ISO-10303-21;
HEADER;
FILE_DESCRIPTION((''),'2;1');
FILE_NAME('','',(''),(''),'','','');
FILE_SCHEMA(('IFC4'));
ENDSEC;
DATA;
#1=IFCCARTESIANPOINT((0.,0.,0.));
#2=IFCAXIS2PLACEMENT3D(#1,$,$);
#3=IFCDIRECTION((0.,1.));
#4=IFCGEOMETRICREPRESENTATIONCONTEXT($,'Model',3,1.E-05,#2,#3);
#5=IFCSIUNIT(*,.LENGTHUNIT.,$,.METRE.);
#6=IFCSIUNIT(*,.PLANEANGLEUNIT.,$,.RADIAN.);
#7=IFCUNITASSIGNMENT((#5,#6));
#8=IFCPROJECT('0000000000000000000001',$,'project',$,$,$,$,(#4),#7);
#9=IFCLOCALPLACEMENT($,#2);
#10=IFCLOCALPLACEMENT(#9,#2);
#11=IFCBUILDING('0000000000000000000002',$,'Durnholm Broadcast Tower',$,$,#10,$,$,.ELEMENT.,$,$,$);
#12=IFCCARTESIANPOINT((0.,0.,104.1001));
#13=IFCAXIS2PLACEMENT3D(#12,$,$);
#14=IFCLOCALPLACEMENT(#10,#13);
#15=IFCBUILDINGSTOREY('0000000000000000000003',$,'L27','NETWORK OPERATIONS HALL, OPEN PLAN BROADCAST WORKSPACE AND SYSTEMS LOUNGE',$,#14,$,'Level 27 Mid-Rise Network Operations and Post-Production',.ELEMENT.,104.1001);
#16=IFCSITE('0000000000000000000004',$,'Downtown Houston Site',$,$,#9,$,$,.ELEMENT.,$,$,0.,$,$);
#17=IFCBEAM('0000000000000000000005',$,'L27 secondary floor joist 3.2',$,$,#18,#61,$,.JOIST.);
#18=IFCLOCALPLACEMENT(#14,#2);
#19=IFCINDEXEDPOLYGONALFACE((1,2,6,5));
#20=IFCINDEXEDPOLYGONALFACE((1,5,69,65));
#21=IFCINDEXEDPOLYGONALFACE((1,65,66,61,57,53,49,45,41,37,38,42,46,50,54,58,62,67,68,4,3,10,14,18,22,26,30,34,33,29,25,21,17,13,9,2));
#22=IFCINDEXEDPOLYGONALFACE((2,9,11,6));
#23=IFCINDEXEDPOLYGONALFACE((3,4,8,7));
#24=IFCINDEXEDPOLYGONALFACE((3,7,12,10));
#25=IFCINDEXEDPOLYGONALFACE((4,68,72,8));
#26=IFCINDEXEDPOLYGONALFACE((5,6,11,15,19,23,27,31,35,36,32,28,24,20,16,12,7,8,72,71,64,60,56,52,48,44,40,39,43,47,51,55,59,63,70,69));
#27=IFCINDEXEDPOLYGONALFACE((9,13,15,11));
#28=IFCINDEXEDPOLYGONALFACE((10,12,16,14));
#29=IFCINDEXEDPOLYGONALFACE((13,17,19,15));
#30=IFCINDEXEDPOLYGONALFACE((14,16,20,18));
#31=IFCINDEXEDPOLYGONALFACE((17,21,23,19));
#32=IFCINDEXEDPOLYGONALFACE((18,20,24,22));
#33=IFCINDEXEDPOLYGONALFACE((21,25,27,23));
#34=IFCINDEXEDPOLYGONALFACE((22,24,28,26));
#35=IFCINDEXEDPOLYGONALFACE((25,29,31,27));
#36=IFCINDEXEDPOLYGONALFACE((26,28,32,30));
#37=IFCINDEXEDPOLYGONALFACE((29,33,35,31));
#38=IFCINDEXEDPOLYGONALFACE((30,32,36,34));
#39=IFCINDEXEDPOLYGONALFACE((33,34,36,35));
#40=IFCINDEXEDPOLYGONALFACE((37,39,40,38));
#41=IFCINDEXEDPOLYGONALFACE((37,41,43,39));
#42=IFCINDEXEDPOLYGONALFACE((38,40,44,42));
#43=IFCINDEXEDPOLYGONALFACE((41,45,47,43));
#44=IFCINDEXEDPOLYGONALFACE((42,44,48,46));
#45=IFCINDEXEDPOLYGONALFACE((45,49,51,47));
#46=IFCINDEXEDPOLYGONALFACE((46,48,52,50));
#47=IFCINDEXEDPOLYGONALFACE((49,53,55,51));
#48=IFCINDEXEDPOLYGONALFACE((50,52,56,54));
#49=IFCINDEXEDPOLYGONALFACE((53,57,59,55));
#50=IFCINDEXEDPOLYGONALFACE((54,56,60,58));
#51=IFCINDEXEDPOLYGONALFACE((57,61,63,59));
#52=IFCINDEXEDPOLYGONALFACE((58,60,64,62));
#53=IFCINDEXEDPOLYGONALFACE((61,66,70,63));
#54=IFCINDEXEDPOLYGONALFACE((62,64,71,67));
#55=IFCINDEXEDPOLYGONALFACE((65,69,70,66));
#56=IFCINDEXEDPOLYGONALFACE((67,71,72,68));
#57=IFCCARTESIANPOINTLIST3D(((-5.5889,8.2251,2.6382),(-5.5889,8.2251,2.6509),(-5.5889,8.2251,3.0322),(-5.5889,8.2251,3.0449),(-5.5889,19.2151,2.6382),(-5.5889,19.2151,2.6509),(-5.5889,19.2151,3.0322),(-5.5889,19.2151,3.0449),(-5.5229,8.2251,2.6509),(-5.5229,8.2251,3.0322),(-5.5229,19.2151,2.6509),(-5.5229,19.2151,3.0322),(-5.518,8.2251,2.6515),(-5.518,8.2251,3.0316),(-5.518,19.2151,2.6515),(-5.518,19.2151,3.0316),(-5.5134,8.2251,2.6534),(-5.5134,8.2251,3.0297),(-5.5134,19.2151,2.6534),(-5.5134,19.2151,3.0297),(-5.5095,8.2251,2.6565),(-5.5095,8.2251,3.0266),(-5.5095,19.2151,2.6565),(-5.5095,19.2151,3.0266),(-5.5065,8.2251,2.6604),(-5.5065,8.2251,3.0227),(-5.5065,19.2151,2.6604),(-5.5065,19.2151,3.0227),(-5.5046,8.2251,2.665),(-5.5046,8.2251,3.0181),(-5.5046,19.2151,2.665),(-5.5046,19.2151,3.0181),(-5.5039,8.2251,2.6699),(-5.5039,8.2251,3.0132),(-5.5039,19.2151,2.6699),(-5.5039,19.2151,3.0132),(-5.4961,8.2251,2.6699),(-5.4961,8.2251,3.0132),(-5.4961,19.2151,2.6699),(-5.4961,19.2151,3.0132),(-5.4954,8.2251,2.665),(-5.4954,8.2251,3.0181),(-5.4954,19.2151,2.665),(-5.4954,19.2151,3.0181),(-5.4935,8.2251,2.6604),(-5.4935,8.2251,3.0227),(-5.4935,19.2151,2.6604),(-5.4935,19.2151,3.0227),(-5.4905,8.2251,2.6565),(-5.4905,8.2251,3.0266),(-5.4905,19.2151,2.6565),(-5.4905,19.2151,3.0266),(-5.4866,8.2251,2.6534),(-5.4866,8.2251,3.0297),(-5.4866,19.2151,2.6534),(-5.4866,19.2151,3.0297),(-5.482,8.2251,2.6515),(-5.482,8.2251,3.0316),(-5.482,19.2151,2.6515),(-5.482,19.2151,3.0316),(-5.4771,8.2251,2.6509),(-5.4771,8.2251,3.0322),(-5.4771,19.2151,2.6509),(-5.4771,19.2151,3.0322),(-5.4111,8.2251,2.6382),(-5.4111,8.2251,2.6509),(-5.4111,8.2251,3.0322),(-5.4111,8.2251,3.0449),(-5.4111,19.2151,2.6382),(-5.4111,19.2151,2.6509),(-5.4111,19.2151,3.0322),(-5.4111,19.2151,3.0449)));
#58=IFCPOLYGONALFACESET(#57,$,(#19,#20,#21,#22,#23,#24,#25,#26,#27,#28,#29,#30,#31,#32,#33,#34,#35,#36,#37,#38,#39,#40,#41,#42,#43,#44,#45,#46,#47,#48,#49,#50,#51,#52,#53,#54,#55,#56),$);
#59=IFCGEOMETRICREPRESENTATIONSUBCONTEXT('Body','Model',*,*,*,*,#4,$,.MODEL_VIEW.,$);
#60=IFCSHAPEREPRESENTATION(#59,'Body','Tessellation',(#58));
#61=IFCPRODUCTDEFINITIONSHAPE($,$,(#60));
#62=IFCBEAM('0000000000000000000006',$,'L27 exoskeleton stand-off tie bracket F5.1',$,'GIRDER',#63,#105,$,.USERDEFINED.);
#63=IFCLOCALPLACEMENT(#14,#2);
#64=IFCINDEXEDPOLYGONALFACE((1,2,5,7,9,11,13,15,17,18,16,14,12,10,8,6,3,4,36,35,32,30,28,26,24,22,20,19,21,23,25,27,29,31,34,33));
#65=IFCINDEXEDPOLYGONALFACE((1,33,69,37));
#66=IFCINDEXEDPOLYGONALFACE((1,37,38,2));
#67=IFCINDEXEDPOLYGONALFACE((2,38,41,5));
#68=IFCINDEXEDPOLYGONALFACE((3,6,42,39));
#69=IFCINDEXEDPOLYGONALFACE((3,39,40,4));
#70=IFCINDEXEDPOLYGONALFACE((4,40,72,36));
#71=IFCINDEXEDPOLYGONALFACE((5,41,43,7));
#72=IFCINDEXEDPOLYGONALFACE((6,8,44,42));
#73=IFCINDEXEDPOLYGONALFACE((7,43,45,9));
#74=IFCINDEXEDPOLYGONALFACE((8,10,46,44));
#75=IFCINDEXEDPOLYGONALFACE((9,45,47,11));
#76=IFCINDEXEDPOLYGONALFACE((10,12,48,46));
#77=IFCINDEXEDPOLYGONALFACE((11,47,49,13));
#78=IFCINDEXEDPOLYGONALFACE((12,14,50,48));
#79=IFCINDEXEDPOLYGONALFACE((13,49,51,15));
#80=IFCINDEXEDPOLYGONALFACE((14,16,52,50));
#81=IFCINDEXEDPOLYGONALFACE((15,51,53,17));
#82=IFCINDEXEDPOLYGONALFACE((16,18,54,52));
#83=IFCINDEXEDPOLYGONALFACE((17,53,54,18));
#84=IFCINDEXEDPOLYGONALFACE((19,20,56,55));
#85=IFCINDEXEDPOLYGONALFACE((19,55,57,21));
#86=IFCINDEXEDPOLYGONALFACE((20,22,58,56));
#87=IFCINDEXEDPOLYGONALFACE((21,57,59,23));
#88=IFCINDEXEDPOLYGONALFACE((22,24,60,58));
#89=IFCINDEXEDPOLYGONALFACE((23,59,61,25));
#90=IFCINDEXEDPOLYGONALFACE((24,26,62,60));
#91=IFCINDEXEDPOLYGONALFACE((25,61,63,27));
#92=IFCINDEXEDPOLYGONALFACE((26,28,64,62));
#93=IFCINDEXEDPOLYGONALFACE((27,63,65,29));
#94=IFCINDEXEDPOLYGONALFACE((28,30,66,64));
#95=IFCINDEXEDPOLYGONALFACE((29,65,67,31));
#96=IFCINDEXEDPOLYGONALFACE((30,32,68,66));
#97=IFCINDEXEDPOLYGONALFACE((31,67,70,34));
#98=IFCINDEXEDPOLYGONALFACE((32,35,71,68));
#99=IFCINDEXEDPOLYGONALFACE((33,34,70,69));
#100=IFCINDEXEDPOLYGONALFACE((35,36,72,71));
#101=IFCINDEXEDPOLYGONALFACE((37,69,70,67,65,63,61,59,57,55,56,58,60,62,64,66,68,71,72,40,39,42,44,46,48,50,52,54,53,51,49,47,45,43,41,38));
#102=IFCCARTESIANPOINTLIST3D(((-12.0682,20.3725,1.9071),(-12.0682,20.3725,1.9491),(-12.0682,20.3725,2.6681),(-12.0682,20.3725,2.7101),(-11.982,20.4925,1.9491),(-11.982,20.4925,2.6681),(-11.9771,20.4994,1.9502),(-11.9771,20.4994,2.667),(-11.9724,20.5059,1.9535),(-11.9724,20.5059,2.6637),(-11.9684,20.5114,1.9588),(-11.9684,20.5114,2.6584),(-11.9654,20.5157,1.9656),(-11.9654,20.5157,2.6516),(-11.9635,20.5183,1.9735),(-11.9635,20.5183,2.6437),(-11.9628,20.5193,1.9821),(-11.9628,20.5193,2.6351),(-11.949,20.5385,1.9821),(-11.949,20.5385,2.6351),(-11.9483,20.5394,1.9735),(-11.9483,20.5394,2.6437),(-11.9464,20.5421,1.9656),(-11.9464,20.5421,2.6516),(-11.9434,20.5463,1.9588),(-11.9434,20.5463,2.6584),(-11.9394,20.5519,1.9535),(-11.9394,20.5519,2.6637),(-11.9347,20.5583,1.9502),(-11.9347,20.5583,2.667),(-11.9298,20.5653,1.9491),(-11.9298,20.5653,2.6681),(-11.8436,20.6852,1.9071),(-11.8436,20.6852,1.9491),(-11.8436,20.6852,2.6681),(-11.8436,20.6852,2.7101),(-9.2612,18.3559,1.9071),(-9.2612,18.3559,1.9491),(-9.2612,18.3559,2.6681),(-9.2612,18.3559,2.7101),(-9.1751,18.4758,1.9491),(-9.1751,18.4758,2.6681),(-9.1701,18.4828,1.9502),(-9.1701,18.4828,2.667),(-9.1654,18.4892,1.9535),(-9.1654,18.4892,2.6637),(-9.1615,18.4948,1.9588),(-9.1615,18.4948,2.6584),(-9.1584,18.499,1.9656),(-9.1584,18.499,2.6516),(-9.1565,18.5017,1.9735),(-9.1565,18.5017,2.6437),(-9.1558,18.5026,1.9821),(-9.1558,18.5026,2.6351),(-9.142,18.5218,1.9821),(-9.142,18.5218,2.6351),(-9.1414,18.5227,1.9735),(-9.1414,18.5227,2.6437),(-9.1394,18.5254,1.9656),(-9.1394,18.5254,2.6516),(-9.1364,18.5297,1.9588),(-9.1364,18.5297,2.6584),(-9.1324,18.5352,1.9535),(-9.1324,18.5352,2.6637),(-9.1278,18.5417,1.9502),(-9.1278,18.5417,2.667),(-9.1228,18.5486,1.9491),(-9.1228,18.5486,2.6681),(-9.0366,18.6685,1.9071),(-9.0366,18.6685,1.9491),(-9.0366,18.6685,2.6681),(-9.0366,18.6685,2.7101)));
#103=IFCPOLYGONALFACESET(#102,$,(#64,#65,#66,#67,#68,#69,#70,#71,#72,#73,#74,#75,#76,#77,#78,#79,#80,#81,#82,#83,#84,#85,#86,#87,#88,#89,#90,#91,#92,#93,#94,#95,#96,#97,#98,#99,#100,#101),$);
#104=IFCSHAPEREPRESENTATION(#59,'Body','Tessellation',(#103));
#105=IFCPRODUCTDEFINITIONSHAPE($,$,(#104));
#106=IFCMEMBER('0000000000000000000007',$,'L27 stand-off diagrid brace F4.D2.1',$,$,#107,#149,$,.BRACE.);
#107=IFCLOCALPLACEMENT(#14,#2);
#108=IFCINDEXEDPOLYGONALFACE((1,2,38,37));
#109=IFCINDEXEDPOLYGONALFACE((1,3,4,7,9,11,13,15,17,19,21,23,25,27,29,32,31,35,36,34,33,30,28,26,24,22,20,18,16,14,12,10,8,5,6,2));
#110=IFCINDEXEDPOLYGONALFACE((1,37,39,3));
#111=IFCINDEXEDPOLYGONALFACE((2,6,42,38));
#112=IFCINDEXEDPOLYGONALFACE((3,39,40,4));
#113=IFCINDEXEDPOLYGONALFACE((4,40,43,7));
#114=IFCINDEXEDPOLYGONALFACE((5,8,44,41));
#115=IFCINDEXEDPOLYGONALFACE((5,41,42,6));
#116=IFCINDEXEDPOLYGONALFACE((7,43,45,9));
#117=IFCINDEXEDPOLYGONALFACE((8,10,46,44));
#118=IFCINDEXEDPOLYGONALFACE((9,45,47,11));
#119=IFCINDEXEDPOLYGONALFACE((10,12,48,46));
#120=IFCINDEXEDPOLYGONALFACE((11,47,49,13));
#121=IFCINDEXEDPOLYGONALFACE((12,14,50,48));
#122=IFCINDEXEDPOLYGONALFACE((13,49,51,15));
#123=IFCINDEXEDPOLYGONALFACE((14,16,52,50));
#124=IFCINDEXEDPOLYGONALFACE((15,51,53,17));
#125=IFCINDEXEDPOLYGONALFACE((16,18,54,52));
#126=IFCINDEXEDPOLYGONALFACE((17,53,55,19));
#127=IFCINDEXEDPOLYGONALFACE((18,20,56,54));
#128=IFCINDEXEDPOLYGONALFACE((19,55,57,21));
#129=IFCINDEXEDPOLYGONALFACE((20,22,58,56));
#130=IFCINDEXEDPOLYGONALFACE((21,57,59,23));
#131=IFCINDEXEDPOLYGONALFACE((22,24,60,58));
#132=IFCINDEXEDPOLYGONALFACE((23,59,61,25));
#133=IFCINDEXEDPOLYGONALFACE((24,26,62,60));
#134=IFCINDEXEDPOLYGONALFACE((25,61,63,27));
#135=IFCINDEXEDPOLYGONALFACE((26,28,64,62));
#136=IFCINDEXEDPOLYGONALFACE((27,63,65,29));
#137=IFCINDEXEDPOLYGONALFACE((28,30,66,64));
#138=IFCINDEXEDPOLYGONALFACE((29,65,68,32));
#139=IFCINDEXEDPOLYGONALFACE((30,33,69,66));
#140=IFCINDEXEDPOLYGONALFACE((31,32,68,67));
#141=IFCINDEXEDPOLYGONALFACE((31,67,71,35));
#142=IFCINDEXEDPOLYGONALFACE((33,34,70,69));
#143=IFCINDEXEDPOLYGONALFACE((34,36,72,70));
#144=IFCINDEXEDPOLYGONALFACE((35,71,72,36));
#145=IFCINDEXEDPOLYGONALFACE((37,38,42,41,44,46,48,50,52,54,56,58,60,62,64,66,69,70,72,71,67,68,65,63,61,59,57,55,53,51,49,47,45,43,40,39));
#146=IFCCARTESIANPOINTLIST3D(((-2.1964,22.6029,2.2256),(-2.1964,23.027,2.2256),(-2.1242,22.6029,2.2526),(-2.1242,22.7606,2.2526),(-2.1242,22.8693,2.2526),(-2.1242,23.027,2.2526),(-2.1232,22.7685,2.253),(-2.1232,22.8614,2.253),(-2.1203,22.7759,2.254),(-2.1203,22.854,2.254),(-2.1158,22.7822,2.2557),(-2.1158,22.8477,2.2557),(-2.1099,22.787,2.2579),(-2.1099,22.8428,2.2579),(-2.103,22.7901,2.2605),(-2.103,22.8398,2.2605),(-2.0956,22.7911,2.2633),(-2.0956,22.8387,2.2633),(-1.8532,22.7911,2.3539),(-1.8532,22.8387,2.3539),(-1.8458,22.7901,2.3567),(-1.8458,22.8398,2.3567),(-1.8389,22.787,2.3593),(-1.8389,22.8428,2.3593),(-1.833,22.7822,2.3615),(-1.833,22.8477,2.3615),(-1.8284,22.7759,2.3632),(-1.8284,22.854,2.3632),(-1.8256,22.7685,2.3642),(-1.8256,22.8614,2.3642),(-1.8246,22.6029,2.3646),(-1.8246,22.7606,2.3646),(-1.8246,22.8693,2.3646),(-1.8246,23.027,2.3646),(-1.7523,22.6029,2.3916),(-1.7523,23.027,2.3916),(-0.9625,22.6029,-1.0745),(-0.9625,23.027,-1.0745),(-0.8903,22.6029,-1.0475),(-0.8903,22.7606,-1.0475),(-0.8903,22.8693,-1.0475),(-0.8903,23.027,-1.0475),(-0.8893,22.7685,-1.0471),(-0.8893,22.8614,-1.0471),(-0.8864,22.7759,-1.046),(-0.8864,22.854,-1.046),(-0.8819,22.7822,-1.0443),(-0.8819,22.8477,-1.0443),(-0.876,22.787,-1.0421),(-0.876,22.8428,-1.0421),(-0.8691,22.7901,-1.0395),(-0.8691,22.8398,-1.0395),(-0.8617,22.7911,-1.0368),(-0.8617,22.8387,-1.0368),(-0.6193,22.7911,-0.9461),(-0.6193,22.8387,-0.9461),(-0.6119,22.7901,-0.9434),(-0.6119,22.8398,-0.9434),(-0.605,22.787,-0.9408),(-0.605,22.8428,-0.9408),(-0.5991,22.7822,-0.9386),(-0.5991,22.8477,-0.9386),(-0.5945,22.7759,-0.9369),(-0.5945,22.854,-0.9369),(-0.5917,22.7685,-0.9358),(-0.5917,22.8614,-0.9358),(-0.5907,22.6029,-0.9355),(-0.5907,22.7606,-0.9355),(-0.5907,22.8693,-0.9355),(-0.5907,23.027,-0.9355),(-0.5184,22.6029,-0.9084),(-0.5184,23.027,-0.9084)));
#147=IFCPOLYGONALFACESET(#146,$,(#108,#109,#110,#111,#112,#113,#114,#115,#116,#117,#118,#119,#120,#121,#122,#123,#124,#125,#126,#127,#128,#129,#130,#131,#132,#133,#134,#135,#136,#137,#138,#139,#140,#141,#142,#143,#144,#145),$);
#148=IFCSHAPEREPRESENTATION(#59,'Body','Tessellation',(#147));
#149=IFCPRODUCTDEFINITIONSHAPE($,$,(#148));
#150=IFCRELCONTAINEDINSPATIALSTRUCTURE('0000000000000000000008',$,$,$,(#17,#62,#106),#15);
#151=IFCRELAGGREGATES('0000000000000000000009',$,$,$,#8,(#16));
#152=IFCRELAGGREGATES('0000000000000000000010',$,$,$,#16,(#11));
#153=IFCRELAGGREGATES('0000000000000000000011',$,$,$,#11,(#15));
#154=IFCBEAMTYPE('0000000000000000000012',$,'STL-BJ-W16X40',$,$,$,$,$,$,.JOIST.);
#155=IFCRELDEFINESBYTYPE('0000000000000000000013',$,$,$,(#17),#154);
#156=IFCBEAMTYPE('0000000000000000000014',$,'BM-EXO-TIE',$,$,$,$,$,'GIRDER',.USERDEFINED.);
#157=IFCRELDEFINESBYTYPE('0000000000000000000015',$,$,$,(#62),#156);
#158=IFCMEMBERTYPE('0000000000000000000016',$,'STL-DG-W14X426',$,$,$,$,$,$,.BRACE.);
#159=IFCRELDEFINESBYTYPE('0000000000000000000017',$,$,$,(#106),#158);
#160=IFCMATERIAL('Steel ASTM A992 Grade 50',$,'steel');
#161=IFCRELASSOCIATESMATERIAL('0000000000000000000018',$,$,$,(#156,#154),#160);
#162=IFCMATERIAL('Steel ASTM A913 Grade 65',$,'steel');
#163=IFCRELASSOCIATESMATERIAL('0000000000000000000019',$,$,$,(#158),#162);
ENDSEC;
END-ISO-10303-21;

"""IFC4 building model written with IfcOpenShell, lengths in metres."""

from ifc_helpers import new_model, si_unit, direction, frame, origin, origin_2d, place, context, subcontext, project, spatial, i_section, extrude, source, transform, mapped, material, material_profile, profile_set, type_object, type_shapes, element, save


model = new_model("IFC4")

# Units and contexts
model_context = context("Model", 3, precision=1e-05, world=origin(), true_north=direction((0.0, 1.0)))
body_context = subcontext(model_context, "Body", "Model", "MODEL_VIEW")
ifc_project = project(units=[si_unit("LENGTHUNIT", "METRE"), si_unit("PLANEANGLEUNIT", "RADIAN")], contexts=[model_context])

# Site, building, storey
site_placement = place(None, origin())
site = spatial("IfcSite", under=ifc_project, at=site_placement, Name="Downtown Houston Site", CompositionType="ELEMENT", RefElevation=0.0)
building_placement = place(site_placement, origin())
building = spatial("IfcBuilding", under=site, at=building_placement, Name="Durnholm Broadcast Tower", CompositionType="ELEMENT")
storey_placement = place(building_placement, frame((0.0, 0.0, 104.1001)))
storey = spatial("IfcBuildingStorey", under=building, at=storey_placement, Name="L27", Description="NETWORK OPERATIONS HALL, OPEN PLAN BROADCAST WORKSPACE AND SYSTEMS LOUNGE", LongName="Level 27 Mid-Rise Network Operations and Post-Production", CompositionType="ELEMENT", Elevation=104.1001)

# Beams
ifc_material_1 = material(Name="Steel ASTM A992 Grade 50", Category="steel")
ifc_material_profile_1 = material_profile(ifc_material_1, i_section(OverallWidth=0.385, OverallDepth=0.803, WebThickness=0.0237, FlangeThickness=0.042, FilletRadius=0.033, at=origin_2d()), Name="W30X261")
ifc_profile_set_1 = profile_set([ifc_material_profile_1], Name="Steel ASTM A992 Grade 50")
beam_type_1 = type_object("IfcBeamType", Name="BM-EXO-TIE", ElementType="GIRDER", PredefinedType="USERDEFINED", material=ifc_profile_set_1)
ifc_material_profile_2 = material_profile(ifc_material_1, i_section(OverallWidth=0.1777, OverallDepth=0.4067, WebThickness=0.0078, FlangeThickness=0.0127, FilletRadius=0.019, at=origin_2d()), Name="W16X40")
ifc_profile_set_2 = profile_set([ifc_material_profile_2], Name="Steel ASTM A992 Grade 50")
beam_type_2 = type_object("IfcBeamType", Name="STL-BJ-W16X40", PredefinedType="JOIST", material=ifc_profile_set_2)
shared_shape_1 = source(origin(), body_context, "Body", "SweptSolid", [
    extrude(i_section(OverallWidth=0.1777, OverallDepth=0.4067, WebThickness=0.0078, FlangeThickness=0.0127, FilletRadius=0.019, at=origin_2d()), origin(), (0.0, 0.0, 1.0), 10.99),
])
type_shapes(beam_type_2, [shared_shape_1])
beam_1_placement = place(storey_placement, frame((-5.5, 8.2251, 2.8416), z_axis=(0.0, 1.0, 0.0), x_axis=(-1.0, 0.0, 0.0)))
element("IfcBeam", 1, at=beam_1_placement, inside=storey, type_object=beam_type_2, Name="L27 secondary floor joist 3.2", PredefinedType="JOIST", context=body_context, shape_type="MappedRepresentation", body=[
    mapped(shared_shape_1, transform((0.0, 0.0, 0.0), x_axis=(1.0, 0.0, 0.0), y_axis=(0.0, 1.0, 0.0), z_axis=(0.0, 0.0, 1.0), scale=1.0)),
])
shared_shape_2 = source(origin(), body_context, "Body", "SweptSolid", [
    extrude(i_section(OverallWidth=0.385, OverallDepth=0.803, WebThickness=0.0237, FlangeThickness=0.042, FilletRadius=0.033, at=origin_2d()), origin(), (0.0, 0.0, 1.0), 3.4563),
])
beam_2_placement = place(storey_placement, frame((-9.1489, 18.5122, 2.3086), z_axis=(-0.812131, 0.583474, 0.0), x_axis=(-0.583474, -0.812131, 0.0)))
element("IfcBeam", 2, at=beam_2_placement, inside=storey, type_object=beam_type_1, Name="L27 exoskeleton stand-off tie bracket F5.1", ObjectType="GIRDER", PredefinedType="USERDEFINED", context=body_context, shape_type="MappedRepresentation", body=[
    mapped(shared_shape_2, transform((0.0, 0.0, 0.0), x_axis=(1.0, 0.0, 0.0), y_axis=(0.0, 1.0, 0.0), z_axis=(0.0, 0.0, 1.0), scale=1.0)),
])

# Member
ifc_material_2 = material(Name="Steel ASTM A913 Grade 65", Category="steel")
ifc_material_profile_3 = material_profile(ifc_material_2, i_section(OverallWidth=0.4241, OverallDepth=0.4741, WebThickness=0.0476, FlangeThickness=0.0771, FilletRadius=0.0305, at=origin_2d()), Name="W14X426")
ifc_profile_set_3 = profile_set([ifc_material_profile_3], Name="Steel ASTM A913 Grade 65")
member_type_1 = type_object("IfcMemberType", Name="STL-DG-W14X426", PredefinedType="BRACE", material=ifc_profile_set_3)
shared_shape_3 = source(origin(), body_context, "Body", "SweptSolid", [
    extrude(i_section(OverallWidth=0.4241, OverallDepth=0.4741, WebThickness=0.0476, FlangeThickness=0.0771, FilletRadius=0.0305, at=origin_2d()), origin(), (0.0, 0.0, 1.0), 3.5232),
])
type_shapes(member_type_1, [shared_shape_3])
for number, where, z_axis, x_axis, name in (
    (3, (-0.7405, 22.8149, -0.9915), (-0.35022, 0.0, 0.936668), (0.0, -1.0, 0.0), "L27 stand-off diagrid brace F4.D2.1"),
):
    element("IfcMember", number, at=place(storey_placement, frame(where, z_axis=z_axis, x_axis=x_axis)), inside=storey, type_object=member_type_1, Name=name, PredefinedType="BRACE", context=body_context, shape_type="MappedRepresentation", body=[
        mapped(shared_shape_3, transform((0.0, 0.0, 0.0), x_axis=(1.0, 0.0, 0.0), y_axis=(0.0, 1.0, 0.0), z_axis=(0.0, 0.0, 1.0), scale=1.0)),
    ])

save(model, "model.ifc")
